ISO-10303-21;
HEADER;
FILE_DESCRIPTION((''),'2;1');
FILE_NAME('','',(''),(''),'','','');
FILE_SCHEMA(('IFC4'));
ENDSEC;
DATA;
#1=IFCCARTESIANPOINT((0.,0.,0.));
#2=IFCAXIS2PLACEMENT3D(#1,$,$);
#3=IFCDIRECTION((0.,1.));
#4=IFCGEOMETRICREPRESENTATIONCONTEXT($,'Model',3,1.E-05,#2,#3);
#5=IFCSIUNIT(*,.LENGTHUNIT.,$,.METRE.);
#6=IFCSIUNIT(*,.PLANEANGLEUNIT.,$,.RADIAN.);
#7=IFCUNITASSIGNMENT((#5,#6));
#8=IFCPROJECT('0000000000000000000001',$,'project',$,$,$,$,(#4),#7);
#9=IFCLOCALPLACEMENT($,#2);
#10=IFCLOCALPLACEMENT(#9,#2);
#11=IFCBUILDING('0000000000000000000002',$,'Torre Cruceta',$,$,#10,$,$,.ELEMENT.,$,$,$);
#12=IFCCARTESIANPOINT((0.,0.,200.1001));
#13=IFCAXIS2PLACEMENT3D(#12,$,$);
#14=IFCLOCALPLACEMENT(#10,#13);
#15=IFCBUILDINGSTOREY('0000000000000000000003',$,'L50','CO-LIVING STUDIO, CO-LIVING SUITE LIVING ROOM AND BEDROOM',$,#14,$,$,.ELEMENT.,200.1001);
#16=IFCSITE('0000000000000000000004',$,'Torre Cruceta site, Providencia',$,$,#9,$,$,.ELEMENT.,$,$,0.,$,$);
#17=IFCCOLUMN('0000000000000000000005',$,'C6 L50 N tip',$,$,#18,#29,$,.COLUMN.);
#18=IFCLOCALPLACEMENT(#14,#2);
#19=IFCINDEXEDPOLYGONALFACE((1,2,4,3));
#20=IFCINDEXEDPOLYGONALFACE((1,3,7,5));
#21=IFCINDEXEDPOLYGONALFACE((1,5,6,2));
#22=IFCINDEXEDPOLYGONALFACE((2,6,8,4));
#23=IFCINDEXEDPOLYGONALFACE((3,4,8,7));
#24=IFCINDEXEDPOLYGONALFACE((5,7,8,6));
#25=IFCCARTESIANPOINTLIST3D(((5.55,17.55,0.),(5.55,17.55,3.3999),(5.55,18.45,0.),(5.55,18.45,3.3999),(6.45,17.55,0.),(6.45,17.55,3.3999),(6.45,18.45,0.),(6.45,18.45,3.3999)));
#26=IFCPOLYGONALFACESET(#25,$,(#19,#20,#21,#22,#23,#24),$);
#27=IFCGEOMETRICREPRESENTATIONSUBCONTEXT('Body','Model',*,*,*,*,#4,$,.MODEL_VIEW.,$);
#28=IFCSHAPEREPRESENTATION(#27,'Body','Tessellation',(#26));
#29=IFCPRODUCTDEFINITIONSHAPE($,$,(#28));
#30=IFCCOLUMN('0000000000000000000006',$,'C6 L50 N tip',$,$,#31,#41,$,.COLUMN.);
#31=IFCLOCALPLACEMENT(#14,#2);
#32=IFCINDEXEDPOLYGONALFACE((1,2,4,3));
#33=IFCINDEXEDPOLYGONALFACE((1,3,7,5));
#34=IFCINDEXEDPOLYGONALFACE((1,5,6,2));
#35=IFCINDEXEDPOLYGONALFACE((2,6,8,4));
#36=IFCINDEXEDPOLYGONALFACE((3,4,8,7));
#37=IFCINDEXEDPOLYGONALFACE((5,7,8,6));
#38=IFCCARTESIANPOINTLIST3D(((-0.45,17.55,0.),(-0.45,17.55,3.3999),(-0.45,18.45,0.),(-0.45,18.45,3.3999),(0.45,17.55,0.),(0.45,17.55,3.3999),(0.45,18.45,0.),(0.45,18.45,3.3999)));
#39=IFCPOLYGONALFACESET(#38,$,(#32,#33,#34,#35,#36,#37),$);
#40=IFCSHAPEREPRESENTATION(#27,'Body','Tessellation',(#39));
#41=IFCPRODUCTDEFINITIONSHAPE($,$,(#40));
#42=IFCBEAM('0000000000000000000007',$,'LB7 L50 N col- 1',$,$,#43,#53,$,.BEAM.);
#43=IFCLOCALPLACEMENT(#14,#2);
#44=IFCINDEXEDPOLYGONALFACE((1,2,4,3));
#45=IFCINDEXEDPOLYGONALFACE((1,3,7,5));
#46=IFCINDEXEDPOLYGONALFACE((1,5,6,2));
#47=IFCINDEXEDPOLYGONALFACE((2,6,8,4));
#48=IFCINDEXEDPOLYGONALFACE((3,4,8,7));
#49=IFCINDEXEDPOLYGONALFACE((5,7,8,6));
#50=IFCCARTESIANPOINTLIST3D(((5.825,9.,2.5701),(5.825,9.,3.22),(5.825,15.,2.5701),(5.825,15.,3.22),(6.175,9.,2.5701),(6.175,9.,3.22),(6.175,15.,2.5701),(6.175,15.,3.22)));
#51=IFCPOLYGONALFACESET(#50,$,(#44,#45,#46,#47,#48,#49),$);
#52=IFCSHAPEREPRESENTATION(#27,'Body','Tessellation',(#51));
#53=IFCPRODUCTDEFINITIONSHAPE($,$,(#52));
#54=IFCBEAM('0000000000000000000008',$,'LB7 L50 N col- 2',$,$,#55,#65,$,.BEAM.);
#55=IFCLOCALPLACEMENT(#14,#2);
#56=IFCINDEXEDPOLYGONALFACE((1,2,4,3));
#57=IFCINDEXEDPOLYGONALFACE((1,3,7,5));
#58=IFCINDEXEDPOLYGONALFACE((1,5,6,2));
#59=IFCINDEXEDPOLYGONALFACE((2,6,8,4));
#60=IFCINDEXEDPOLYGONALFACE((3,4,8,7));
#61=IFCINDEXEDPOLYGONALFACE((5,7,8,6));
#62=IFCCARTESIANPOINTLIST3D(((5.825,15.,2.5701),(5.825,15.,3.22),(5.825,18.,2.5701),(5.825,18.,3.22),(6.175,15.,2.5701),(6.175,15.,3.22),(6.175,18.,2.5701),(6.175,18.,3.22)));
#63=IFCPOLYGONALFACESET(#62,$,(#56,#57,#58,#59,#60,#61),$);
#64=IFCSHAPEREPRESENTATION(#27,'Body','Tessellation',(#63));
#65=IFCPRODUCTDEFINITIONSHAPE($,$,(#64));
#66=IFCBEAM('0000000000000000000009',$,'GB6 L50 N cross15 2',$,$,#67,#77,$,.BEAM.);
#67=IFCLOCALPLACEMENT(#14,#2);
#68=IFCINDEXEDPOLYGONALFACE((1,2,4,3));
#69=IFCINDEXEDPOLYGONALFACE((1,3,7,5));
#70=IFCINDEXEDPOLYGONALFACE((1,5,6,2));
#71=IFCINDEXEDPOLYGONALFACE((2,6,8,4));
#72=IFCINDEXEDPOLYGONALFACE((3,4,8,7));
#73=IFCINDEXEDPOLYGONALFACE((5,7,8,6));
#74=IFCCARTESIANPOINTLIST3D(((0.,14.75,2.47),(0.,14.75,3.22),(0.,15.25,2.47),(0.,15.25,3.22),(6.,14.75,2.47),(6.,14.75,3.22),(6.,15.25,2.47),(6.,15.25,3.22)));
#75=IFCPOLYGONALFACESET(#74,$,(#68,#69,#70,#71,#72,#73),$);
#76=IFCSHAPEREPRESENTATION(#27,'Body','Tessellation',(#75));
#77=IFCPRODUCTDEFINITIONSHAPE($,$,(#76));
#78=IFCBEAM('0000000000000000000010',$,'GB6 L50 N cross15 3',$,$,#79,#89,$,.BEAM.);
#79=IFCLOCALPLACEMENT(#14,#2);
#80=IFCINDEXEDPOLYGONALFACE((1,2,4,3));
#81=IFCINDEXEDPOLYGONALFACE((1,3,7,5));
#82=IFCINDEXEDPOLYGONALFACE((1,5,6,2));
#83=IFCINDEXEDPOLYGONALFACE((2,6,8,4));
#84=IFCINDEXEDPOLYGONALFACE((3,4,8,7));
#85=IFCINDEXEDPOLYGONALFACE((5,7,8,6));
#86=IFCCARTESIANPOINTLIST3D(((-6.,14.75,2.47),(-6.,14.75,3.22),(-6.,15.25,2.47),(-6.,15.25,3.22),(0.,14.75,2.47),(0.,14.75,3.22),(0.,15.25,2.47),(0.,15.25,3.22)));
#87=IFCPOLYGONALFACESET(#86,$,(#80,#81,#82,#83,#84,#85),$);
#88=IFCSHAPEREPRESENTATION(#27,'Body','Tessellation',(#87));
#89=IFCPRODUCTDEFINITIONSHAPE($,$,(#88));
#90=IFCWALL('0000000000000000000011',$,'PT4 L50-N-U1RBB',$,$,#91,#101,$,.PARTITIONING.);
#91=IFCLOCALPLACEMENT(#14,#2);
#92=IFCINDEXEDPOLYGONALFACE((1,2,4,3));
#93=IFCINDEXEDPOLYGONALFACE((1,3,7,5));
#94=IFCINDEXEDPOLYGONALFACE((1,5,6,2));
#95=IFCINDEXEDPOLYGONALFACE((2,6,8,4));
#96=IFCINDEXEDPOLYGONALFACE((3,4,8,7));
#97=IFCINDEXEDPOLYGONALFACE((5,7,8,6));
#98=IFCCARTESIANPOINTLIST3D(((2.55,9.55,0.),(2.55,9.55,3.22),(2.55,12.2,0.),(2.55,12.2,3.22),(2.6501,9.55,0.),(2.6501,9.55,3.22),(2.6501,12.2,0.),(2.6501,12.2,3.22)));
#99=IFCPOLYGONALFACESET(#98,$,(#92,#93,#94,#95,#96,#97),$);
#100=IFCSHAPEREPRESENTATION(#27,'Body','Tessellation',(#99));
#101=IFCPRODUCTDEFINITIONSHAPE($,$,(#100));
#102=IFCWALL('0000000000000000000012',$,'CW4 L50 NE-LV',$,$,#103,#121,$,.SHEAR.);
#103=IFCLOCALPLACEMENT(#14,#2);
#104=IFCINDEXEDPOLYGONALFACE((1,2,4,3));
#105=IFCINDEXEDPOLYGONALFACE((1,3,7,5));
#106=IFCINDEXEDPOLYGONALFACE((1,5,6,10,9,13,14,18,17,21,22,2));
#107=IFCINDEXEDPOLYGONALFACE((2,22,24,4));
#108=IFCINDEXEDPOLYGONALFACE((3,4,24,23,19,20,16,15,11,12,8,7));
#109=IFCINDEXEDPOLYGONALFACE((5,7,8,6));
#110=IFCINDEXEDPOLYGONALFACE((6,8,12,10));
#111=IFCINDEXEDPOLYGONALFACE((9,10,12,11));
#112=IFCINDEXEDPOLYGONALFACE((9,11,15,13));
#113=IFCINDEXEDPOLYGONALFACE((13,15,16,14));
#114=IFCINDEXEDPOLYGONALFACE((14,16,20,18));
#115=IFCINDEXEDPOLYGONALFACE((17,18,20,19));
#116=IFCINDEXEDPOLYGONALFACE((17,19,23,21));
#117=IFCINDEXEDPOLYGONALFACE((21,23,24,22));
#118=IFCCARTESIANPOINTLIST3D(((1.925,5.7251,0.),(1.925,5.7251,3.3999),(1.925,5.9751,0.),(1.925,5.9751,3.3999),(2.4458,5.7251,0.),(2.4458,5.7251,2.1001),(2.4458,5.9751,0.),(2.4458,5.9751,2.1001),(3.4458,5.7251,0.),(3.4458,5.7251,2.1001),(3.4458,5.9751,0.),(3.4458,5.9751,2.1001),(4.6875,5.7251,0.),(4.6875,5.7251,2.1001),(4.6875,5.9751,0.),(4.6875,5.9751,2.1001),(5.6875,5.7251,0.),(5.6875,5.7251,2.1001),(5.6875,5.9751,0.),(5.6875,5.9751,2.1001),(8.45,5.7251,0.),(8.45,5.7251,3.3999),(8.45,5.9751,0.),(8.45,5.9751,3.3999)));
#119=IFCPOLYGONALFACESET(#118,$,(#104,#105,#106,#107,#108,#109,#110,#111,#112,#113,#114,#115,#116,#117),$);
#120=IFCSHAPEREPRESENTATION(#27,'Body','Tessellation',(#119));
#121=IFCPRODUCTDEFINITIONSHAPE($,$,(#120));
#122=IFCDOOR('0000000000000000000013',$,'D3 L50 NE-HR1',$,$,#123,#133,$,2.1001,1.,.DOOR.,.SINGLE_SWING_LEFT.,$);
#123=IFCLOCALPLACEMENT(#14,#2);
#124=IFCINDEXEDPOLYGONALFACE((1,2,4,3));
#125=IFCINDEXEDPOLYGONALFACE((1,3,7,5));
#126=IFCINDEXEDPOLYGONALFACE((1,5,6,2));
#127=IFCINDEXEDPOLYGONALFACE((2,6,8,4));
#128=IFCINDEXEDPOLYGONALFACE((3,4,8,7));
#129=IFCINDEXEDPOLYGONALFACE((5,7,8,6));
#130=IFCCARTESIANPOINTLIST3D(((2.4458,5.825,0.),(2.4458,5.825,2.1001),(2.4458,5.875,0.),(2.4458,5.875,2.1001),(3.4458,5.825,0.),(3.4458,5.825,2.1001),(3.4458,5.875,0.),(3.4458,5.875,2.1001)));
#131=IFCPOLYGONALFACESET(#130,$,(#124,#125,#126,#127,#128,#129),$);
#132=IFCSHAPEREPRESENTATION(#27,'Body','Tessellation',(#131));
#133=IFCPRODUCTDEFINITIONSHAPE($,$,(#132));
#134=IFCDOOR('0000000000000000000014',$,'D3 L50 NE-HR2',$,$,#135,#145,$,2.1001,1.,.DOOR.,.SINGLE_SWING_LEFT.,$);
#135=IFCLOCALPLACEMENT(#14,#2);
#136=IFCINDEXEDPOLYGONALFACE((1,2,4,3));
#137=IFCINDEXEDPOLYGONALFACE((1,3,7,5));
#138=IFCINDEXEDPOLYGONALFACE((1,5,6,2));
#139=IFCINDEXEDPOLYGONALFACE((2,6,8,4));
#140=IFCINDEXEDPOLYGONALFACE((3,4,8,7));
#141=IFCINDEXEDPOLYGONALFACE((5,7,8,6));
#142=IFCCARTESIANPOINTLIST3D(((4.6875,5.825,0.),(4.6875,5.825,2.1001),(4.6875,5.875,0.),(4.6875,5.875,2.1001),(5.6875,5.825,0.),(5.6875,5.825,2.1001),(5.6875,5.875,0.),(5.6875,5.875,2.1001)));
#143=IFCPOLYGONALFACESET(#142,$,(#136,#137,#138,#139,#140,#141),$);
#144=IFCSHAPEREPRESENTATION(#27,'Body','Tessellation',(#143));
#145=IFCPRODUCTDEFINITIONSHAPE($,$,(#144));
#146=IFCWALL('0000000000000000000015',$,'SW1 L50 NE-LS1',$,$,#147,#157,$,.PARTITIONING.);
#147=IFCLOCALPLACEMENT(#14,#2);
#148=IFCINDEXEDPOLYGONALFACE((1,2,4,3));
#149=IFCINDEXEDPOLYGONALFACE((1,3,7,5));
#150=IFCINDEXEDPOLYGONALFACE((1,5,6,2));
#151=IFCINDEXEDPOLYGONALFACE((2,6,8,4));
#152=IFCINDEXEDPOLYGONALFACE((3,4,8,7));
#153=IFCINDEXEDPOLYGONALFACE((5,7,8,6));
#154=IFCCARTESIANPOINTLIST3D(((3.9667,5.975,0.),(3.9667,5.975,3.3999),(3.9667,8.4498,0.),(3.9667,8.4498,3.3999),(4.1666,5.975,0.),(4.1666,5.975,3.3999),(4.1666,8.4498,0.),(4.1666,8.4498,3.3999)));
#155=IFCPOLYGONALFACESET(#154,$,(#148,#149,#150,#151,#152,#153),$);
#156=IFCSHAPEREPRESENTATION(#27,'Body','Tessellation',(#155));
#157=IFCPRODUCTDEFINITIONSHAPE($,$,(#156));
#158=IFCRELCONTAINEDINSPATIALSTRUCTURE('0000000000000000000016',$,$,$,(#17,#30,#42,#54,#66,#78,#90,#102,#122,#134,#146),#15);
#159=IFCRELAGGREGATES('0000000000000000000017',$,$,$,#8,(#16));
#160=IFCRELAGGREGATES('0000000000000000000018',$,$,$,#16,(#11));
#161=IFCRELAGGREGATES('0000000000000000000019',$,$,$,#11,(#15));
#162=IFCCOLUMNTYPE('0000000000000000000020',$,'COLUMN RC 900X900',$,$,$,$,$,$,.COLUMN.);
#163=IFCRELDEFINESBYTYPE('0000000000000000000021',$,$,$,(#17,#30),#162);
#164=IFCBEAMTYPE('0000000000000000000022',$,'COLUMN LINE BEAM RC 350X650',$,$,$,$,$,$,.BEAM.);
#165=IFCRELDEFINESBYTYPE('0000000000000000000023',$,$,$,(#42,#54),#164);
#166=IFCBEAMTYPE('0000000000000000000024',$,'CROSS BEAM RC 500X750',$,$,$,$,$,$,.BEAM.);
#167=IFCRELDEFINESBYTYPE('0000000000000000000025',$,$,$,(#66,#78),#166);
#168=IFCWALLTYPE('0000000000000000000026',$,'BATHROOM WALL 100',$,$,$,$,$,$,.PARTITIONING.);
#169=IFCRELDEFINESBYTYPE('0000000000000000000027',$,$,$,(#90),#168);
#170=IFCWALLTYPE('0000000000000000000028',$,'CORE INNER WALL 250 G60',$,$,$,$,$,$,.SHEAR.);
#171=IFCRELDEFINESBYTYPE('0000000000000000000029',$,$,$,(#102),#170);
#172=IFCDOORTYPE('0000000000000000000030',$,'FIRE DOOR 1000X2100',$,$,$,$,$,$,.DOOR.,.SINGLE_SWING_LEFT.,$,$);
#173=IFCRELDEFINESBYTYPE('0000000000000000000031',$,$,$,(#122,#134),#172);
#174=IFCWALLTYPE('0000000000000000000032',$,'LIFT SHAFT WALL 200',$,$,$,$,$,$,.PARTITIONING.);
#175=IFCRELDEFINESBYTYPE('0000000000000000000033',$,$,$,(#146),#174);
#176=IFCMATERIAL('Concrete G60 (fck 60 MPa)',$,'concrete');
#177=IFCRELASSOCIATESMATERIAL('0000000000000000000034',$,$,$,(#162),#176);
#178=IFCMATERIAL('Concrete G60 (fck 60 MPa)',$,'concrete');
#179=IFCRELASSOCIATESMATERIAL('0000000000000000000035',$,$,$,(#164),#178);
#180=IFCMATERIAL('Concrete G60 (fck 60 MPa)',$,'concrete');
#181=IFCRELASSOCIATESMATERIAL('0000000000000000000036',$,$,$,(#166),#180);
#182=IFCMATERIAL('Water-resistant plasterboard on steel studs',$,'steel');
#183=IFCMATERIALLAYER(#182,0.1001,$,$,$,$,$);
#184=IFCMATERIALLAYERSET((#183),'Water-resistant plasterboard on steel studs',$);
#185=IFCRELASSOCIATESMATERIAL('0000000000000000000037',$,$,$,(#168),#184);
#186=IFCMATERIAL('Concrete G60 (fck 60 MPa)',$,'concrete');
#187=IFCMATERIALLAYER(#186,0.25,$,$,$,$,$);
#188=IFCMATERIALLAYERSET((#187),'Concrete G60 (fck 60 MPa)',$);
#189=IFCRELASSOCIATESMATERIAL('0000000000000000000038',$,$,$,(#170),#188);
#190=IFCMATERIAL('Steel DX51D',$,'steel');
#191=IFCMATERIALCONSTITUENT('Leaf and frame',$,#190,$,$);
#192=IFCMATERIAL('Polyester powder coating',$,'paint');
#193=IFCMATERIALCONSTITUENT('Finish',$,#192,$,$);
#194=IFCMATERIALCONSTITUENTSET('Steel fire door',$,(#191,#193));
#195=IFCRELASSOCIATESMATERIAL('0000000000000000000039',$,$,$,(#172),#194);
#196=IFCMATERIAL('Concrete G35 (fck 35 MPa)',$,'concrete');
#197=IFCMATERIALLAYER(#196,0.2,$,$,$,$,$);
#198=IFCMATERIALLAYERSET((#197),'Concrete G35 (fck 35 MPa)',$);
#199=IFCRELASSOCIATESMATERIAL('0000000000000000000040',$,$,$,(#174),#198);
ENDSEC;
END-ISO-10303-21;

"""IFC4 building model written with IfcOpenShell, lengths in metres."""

from ifc_helpers import new_model, si_unit, direction, frame, frame_2d, origin, origin_2d, place, context, subcontext, project, spatial, rectangle, extrude, material, layer, layer_set, constituent, constituent_set, material_profile, profile_set, type_object, element, fill, save


model = new_model("IFC4")

# Units and contexts
model_context = context("Model", 3, precision=1e-05, world=origin(), true_north=direction((0.0, 1.0)))
body_context = subcontext(model_context, "Body", "Model", "MODEL_VIEW")
ifc_project = project(units=[si_unit("LENGTHUNIT", "METRE"), si_unit("PLANEANGLEUNIT", "RADIAN")], contexts=[model_context])

# Site, building, storey
site_placement = place(None, origin())
site = spatial("IfcSite", under=ifc_project, at=site_placement, Name="Torre Cruceta site, Providencia", CompositionType="ELEMENT", RefElevation=0.0)
building_placement = place(site_placement, origin())
building = spatial("IfcBuilding", under=site, at=building_placement, Name="Torre Cruceta", CompositionType="ELEMENT")
storey_placement = place(building_placement, frame((0.0, 0.0, 200.1001)))
storey = spatial("IfcBuildingStorey", under=building, at=storey_placement, Name="L50", Description="CO-LIVING STUDIO, CO-LIVING SUITE LIVING ROOM AND BEDROOM", CompositionType="ELEMENT", Elevation=200.1001)

# Columns
ifc_material_1 = material(Name="Concrete G60 (fck 60 MPa)", Category="concrete")
ifc_material_profile_1 = material_profile(ifc_material_1, rectangle(XDim=0.8999, YDim=0.8999, at=origin_2d()), Name="RC 900X900")
ifc_profile_set_1 = profile_set([ifc_material_profile_1], Name="Concrete G60 (fck 60 MPa)")
column_type = type_object("IfcColumnType", Name="COLUMN RC 900X900", PredefinedType="COLUMN", material=ifc_profile_set_1)
for number, where, z_axis, x_axis, name in (
    (1, (6.0, 18.0, 0.0), (0.0, 0.0, 1.0), (1.0, 0.0, 0.0), "C6 L50 N tip"),
    (2, (0.0, 18.0, 0.0), (0.0, 0.0, 1.0), (1.0, 0.0, 0.0), "C6 L50 N tip"),
):
    element("IfcColumn", number, at=place(storey_placement, frame(where, z_axis=z_axis, x_axis=x_axis)), inside=storey, type_object=column_type, Name=name, PredefinedType="COLUMN", context=body_context, shape_type="SweptSolid", body=[
        extrude(rectangle(XDim=0.8999, YDim=0.8999, at=origin_2d()), origin(), (0.0, 0.0, 1.0), 3.3999),
    ])

# Beams
ifc_material_2 = material(Name="Concrete G60 (fck 60 MPa)", Category="concrete")
ifc_material_profile_2 = material_profile(ifc_material_2, rectangle(XDim=0.3501, YDim=0.6499, at=origin_2d()), Name="RC 350X650")
ifc_profile_set_2 = profile_set([ifc_material_profile_2], Name="Concrete G60 (fck 60 MPa)")
beam_type_1 = type_object("IfcBeamType", Name="COLUMN LINE BEAM RC 350X650", PredefinedType="BEAM", material=ifc_profile_set_2)
beam_1_placement = place(storey_placement, frame((6.0, 9.0, 2.895), z_axis=(0.0, 1.0, 0.0), x_axis=(-1.0, 0.0, 0.0)))
element("IfcBeam", 3, at=beam_1_placement, inside=storey, type_object=beam_type_1, Name="LB7 L50 N col- 1", PredefinedType="BEAM", context=body_context, shape_type="SweptSolid", body=[
    extrude(rectangle(XDim=0.3501, YDim=0.6499, at=origin_2d()), origin(), (0.0, 0.0, 1.0), 6.0),
])
beam_2_placement = place(storey_placement, frame((6.0, 15.0, 2.895), z_axis=(0.0, 1.0, 0.0), x_axis=(-1.0, 0.0, 0.0)))
element("IfcBeam", 4, at=beam_2_placement, inside=storey, type_object=beam_type_1, Name="LB7 L50 N col- 2", PredefinedType="BEAM", context=body_context, shape_type="SweptSolid", body=[
    extrude(rectangle(XDim=0.3501, YDim=0.6499, at=origin_2d()), origin(), (0.0, 0.0, 1.0), 3.0),
])
ifc_material_3 = material(Name="Concrete G60 (fck 60 MPa)", Category="concrete")
ifc_material_profile_3 = material_profile(ifc_material_3, rectangle(XDim=0.5, YDim=0.75, at=origin_2d()), Name="RC 500X750")
ifc_profile_set_3 = profile_set([ifc_material_profile_3], Name="Concrete G60 (fck 60 MPa)")
beam_type_2 = type_object("IfcBeamType", Name="CROSS BEAM RC 500X750", PredefinedType="BEAM", material=ifc_profile_set_3)
for number, where, z_axis, x_axis, name in (
    (5, (6.0, 15.0, 2.845), (-1.0, 0.0, 0.0), (0.0, -1.0, 0.0), "GB6 L50 N cross15 2"),
    (6, (0.0, 15.0, 2.845), (-1.0, 0.0, 0.0), (0.0, -1.0, 0.0), "GB6 L50 N cross15 3"),
):
    element("IfcBeam", number, at=place(storey_placement, frame(where, z_axis=z_axis, x_axis=x_axis)), inside=storey, type_object=beam_type_2, Name=name, PredefinedType="BEAM", context=body_context, shape_type="SweptSolid", body=[
        extrude(rectangle(XDim=0.5, YDim=0.75, at=origin_2d()), origin(), (0.0, 0.0, 1.0), 6.0),
    ])

# Wall
ifc_material_4 = material(Name="Water-resistant plasterboard on steel studs", Category="steel")
ifc_layer_1 = layer(ifc_material_4, 0.1001)
ifc_layer_set_1 = layer_set([ifc_layer_1], Name="Water-resistant plasterboard on steel studs")
wall_type_1 = type_object("IfcWallType", Name="BATHROOM WALL 100", PredefinedType="PARTITIONING", material=ifc_layer_set_1)
wall_1_placement = place(storey_placement, frame((2.6001, 9.55, 0.0), z_axis=(0.0, 0.0, 1.0), x_axis=(0.0, 1.0, 0.0)))
element("IfcWall", 7, at=wall_1_placement, inside=storey, type_object=wall_type_1, Name="PT4 L50-N-U1RBB", PredefinedType="PARTITIONING", context=body_context, shape_type="SweptSolid", body=[
    extrude(rectangle(XDim=2.6499, YDim=0.1001, at=frame_2d((1.325, 0.0))), origin(), (0.0, 0.0, 1.0), 3.22),
])

# Wall, openings, doors
ifc_material_5 = material(Name="Concrete G60 (fck 60 MPa)", Category="concrete")
ifc_layer_2 = layer(ifc_material_5, 0.25)
ifc_layer_set_2 = layer_set([ifc_layer_2], Name="Concrete G60 (fck 60 MPa)")
wall_type_2 = type_object("IfcWallType", Name="CORE INNER WALL 250 G60", PredefinedType="SHEAR", material=ifc_layer_set_2)
wall_2_placement = place(storey_placement, frame((1.925, 5.8501, 0.0), z_axis=(0.0, 0.0, 1.0), x_axis=(1.0, 0.0, 0.0)))
wall_2 = element("IfcWall", 8, at=wall_2_placement, inside=storey, type_object=wall_type_2, Name="CW4 L50 NE-LV", PredefinedType="SHEAR", context=body_context, shape_type="SweptSolid", body=[
    extrude(rectangle(XDim=6.5249, YDim=0.25, at=frame_2d((3.2625, 0.0))), origin(), (0.0, 0.0, 1.0), 3.3999),
])
opening_1_placement = place(wall_2_placement, frame((0.5208, 0.0, 0.0)))
opening_1 = element("IfcOpeningElement", 9, at=opening_1_placement, cuts=wall_2, PredefinedType="OPENING", context=body_context, shape_type="SweptSolid", body=[
    extrude(rectangle(XDim=1.0, YDim=2.1001, at=frame_2d((0.5, 1.05))), frame((0.0, 0.135, 0.0), z_axis=(0.0, -1.0, 0.0), x_axis=(1.0, 0.0, 0.0)), (0.0, 0.0, 1.0), 0.27),
])
opening_2_placement = place(wall_2_placement, frame((2.7625, 0.0, 0.0)))
opening_2 = element("IfcOpeningElement", 10, at=opening_2_placement, cuts=wall_2, PredefinedType="OPENING", context=body_context, shape_type="SweptSolid", body=[
    extrude(rectangle(XDim=1.0, YDim=2.1001, at=frame_2d((0.5, 1.05))), frame((0.0, 0.135, 0.0), z_axis=(0.0, -1.0, 0.0), x_axis=(1.0, 0.0, 0.0)), (0.0, 0.0, 1.0), 0.27),
])
ifc_material_6 = material(Name="Steel DX51D", Category="steel")
ifc_constituent_1 = constituent(ifc_material_6, Name="Leaf and frame")
ifc_material_7 = material(Name="Polyester powder coating", Category="paint")
ifc_constituent_2 = constituent(ifc_material_7, Name="Finish")
ifc_constituent_set_1 = constituent_set(constituents=[ifc_constituent_1, ifc_constituent_2], Name="Steel fire door")
door_type_1 = type_object("IfcDoorType", Name="FIRE DOOR 1000X2100", OperationType="SINGLE_SWING_LEFT", PredefinedType="DOOR", material=ifc_constituent_set_1)
door_1_placement = place(opening_1_placement, origin())
door_1 = element("IfcDoor", 11, at=door_1_placement, inside=storey, type_object=door_type_1, Name="D3 L50 NE-HR1", OperationType="SINGLE_SWING_LEFT", OverallHeight=2.1001, OverallWidth=1.0, PredefinedType="DOOR", context=body_context, shape_type="SweptSolid", body=[
    extrude(rectangle(XDim=1.0, YDim=2.1001, at=frame_2d((0.5, 1.05))), frame((0.0, 0.0249, 0.0), z_axis=(0.0, -1.0, 0.0), x_axis=(1.0, 0.0, 0.0)), (0.0, 0.0, 1.0), 0.05),
])
fill(opening_1, door_1)
door_2_placement = place(opening_2_placement, origin())
door_2 = element("IfcDoor", 12, at=door_2_placement, inside=storey, type_object=door_type_1, Name="D3 L50 NE-HR2", OperationType="SINGLE_SWING_LEFT", OverallHeight=2.1001, OverallWidth=1.0, PredefinedType="DOOR", context=body_context, shape_type="SweptSolid", body=[
    extrude(rectangle(XDim=1.0, YDim=2.1001, at=frame_2d((0.5, 1.05))), frame((0.0, 0.0249, 0.0), z_axis=(0.0, -1.0, 0.0), x_axis=(1.0, 0.0, 0.0)), (0.0, 0.0, 1.0), 0.05),
])
fill(opening_2, door_2)

# Wall
ifc_material_8 = material(Name="Concrete G35 (fck 35 MPa)", Category="concrete")
ifc_layer_3 = layer(ifc_material_8, 0.2)
ifc_layer_set_3 = layer_set([ifc_layer_3], Name="Concrete G35 (fck 35 MPa)")
wall_type_3 = type_object("IfcWallType", Name="LIFT SHAFT WALL 200", PredefinedType="PARTITIONING", material=ifc_layer_set_3)
wall_3_placement = place(storey_placement, frame((4.0667, 5.9751, 0.0), z_axis=(0.0, 0.0, 1.0), x_axis=(0.0, 1.0, 0.0)))
element("IfcWall", 13, at=wall_3_placement, inside=storey, type_object=wall_type_3, Name="SW1 L50 NE-LS1", PredefinedType="PARTITIONING", context=body_context, shape_type="SweptSolid", body=[
    extrude(rectangle(XDim=2.4749, YDim=0.2, at=frame_2d((1.2373, 0.0))), origin(), (0.0, 0.0, 1.0), 3.3999),
])

save(model, "model.ifc")
